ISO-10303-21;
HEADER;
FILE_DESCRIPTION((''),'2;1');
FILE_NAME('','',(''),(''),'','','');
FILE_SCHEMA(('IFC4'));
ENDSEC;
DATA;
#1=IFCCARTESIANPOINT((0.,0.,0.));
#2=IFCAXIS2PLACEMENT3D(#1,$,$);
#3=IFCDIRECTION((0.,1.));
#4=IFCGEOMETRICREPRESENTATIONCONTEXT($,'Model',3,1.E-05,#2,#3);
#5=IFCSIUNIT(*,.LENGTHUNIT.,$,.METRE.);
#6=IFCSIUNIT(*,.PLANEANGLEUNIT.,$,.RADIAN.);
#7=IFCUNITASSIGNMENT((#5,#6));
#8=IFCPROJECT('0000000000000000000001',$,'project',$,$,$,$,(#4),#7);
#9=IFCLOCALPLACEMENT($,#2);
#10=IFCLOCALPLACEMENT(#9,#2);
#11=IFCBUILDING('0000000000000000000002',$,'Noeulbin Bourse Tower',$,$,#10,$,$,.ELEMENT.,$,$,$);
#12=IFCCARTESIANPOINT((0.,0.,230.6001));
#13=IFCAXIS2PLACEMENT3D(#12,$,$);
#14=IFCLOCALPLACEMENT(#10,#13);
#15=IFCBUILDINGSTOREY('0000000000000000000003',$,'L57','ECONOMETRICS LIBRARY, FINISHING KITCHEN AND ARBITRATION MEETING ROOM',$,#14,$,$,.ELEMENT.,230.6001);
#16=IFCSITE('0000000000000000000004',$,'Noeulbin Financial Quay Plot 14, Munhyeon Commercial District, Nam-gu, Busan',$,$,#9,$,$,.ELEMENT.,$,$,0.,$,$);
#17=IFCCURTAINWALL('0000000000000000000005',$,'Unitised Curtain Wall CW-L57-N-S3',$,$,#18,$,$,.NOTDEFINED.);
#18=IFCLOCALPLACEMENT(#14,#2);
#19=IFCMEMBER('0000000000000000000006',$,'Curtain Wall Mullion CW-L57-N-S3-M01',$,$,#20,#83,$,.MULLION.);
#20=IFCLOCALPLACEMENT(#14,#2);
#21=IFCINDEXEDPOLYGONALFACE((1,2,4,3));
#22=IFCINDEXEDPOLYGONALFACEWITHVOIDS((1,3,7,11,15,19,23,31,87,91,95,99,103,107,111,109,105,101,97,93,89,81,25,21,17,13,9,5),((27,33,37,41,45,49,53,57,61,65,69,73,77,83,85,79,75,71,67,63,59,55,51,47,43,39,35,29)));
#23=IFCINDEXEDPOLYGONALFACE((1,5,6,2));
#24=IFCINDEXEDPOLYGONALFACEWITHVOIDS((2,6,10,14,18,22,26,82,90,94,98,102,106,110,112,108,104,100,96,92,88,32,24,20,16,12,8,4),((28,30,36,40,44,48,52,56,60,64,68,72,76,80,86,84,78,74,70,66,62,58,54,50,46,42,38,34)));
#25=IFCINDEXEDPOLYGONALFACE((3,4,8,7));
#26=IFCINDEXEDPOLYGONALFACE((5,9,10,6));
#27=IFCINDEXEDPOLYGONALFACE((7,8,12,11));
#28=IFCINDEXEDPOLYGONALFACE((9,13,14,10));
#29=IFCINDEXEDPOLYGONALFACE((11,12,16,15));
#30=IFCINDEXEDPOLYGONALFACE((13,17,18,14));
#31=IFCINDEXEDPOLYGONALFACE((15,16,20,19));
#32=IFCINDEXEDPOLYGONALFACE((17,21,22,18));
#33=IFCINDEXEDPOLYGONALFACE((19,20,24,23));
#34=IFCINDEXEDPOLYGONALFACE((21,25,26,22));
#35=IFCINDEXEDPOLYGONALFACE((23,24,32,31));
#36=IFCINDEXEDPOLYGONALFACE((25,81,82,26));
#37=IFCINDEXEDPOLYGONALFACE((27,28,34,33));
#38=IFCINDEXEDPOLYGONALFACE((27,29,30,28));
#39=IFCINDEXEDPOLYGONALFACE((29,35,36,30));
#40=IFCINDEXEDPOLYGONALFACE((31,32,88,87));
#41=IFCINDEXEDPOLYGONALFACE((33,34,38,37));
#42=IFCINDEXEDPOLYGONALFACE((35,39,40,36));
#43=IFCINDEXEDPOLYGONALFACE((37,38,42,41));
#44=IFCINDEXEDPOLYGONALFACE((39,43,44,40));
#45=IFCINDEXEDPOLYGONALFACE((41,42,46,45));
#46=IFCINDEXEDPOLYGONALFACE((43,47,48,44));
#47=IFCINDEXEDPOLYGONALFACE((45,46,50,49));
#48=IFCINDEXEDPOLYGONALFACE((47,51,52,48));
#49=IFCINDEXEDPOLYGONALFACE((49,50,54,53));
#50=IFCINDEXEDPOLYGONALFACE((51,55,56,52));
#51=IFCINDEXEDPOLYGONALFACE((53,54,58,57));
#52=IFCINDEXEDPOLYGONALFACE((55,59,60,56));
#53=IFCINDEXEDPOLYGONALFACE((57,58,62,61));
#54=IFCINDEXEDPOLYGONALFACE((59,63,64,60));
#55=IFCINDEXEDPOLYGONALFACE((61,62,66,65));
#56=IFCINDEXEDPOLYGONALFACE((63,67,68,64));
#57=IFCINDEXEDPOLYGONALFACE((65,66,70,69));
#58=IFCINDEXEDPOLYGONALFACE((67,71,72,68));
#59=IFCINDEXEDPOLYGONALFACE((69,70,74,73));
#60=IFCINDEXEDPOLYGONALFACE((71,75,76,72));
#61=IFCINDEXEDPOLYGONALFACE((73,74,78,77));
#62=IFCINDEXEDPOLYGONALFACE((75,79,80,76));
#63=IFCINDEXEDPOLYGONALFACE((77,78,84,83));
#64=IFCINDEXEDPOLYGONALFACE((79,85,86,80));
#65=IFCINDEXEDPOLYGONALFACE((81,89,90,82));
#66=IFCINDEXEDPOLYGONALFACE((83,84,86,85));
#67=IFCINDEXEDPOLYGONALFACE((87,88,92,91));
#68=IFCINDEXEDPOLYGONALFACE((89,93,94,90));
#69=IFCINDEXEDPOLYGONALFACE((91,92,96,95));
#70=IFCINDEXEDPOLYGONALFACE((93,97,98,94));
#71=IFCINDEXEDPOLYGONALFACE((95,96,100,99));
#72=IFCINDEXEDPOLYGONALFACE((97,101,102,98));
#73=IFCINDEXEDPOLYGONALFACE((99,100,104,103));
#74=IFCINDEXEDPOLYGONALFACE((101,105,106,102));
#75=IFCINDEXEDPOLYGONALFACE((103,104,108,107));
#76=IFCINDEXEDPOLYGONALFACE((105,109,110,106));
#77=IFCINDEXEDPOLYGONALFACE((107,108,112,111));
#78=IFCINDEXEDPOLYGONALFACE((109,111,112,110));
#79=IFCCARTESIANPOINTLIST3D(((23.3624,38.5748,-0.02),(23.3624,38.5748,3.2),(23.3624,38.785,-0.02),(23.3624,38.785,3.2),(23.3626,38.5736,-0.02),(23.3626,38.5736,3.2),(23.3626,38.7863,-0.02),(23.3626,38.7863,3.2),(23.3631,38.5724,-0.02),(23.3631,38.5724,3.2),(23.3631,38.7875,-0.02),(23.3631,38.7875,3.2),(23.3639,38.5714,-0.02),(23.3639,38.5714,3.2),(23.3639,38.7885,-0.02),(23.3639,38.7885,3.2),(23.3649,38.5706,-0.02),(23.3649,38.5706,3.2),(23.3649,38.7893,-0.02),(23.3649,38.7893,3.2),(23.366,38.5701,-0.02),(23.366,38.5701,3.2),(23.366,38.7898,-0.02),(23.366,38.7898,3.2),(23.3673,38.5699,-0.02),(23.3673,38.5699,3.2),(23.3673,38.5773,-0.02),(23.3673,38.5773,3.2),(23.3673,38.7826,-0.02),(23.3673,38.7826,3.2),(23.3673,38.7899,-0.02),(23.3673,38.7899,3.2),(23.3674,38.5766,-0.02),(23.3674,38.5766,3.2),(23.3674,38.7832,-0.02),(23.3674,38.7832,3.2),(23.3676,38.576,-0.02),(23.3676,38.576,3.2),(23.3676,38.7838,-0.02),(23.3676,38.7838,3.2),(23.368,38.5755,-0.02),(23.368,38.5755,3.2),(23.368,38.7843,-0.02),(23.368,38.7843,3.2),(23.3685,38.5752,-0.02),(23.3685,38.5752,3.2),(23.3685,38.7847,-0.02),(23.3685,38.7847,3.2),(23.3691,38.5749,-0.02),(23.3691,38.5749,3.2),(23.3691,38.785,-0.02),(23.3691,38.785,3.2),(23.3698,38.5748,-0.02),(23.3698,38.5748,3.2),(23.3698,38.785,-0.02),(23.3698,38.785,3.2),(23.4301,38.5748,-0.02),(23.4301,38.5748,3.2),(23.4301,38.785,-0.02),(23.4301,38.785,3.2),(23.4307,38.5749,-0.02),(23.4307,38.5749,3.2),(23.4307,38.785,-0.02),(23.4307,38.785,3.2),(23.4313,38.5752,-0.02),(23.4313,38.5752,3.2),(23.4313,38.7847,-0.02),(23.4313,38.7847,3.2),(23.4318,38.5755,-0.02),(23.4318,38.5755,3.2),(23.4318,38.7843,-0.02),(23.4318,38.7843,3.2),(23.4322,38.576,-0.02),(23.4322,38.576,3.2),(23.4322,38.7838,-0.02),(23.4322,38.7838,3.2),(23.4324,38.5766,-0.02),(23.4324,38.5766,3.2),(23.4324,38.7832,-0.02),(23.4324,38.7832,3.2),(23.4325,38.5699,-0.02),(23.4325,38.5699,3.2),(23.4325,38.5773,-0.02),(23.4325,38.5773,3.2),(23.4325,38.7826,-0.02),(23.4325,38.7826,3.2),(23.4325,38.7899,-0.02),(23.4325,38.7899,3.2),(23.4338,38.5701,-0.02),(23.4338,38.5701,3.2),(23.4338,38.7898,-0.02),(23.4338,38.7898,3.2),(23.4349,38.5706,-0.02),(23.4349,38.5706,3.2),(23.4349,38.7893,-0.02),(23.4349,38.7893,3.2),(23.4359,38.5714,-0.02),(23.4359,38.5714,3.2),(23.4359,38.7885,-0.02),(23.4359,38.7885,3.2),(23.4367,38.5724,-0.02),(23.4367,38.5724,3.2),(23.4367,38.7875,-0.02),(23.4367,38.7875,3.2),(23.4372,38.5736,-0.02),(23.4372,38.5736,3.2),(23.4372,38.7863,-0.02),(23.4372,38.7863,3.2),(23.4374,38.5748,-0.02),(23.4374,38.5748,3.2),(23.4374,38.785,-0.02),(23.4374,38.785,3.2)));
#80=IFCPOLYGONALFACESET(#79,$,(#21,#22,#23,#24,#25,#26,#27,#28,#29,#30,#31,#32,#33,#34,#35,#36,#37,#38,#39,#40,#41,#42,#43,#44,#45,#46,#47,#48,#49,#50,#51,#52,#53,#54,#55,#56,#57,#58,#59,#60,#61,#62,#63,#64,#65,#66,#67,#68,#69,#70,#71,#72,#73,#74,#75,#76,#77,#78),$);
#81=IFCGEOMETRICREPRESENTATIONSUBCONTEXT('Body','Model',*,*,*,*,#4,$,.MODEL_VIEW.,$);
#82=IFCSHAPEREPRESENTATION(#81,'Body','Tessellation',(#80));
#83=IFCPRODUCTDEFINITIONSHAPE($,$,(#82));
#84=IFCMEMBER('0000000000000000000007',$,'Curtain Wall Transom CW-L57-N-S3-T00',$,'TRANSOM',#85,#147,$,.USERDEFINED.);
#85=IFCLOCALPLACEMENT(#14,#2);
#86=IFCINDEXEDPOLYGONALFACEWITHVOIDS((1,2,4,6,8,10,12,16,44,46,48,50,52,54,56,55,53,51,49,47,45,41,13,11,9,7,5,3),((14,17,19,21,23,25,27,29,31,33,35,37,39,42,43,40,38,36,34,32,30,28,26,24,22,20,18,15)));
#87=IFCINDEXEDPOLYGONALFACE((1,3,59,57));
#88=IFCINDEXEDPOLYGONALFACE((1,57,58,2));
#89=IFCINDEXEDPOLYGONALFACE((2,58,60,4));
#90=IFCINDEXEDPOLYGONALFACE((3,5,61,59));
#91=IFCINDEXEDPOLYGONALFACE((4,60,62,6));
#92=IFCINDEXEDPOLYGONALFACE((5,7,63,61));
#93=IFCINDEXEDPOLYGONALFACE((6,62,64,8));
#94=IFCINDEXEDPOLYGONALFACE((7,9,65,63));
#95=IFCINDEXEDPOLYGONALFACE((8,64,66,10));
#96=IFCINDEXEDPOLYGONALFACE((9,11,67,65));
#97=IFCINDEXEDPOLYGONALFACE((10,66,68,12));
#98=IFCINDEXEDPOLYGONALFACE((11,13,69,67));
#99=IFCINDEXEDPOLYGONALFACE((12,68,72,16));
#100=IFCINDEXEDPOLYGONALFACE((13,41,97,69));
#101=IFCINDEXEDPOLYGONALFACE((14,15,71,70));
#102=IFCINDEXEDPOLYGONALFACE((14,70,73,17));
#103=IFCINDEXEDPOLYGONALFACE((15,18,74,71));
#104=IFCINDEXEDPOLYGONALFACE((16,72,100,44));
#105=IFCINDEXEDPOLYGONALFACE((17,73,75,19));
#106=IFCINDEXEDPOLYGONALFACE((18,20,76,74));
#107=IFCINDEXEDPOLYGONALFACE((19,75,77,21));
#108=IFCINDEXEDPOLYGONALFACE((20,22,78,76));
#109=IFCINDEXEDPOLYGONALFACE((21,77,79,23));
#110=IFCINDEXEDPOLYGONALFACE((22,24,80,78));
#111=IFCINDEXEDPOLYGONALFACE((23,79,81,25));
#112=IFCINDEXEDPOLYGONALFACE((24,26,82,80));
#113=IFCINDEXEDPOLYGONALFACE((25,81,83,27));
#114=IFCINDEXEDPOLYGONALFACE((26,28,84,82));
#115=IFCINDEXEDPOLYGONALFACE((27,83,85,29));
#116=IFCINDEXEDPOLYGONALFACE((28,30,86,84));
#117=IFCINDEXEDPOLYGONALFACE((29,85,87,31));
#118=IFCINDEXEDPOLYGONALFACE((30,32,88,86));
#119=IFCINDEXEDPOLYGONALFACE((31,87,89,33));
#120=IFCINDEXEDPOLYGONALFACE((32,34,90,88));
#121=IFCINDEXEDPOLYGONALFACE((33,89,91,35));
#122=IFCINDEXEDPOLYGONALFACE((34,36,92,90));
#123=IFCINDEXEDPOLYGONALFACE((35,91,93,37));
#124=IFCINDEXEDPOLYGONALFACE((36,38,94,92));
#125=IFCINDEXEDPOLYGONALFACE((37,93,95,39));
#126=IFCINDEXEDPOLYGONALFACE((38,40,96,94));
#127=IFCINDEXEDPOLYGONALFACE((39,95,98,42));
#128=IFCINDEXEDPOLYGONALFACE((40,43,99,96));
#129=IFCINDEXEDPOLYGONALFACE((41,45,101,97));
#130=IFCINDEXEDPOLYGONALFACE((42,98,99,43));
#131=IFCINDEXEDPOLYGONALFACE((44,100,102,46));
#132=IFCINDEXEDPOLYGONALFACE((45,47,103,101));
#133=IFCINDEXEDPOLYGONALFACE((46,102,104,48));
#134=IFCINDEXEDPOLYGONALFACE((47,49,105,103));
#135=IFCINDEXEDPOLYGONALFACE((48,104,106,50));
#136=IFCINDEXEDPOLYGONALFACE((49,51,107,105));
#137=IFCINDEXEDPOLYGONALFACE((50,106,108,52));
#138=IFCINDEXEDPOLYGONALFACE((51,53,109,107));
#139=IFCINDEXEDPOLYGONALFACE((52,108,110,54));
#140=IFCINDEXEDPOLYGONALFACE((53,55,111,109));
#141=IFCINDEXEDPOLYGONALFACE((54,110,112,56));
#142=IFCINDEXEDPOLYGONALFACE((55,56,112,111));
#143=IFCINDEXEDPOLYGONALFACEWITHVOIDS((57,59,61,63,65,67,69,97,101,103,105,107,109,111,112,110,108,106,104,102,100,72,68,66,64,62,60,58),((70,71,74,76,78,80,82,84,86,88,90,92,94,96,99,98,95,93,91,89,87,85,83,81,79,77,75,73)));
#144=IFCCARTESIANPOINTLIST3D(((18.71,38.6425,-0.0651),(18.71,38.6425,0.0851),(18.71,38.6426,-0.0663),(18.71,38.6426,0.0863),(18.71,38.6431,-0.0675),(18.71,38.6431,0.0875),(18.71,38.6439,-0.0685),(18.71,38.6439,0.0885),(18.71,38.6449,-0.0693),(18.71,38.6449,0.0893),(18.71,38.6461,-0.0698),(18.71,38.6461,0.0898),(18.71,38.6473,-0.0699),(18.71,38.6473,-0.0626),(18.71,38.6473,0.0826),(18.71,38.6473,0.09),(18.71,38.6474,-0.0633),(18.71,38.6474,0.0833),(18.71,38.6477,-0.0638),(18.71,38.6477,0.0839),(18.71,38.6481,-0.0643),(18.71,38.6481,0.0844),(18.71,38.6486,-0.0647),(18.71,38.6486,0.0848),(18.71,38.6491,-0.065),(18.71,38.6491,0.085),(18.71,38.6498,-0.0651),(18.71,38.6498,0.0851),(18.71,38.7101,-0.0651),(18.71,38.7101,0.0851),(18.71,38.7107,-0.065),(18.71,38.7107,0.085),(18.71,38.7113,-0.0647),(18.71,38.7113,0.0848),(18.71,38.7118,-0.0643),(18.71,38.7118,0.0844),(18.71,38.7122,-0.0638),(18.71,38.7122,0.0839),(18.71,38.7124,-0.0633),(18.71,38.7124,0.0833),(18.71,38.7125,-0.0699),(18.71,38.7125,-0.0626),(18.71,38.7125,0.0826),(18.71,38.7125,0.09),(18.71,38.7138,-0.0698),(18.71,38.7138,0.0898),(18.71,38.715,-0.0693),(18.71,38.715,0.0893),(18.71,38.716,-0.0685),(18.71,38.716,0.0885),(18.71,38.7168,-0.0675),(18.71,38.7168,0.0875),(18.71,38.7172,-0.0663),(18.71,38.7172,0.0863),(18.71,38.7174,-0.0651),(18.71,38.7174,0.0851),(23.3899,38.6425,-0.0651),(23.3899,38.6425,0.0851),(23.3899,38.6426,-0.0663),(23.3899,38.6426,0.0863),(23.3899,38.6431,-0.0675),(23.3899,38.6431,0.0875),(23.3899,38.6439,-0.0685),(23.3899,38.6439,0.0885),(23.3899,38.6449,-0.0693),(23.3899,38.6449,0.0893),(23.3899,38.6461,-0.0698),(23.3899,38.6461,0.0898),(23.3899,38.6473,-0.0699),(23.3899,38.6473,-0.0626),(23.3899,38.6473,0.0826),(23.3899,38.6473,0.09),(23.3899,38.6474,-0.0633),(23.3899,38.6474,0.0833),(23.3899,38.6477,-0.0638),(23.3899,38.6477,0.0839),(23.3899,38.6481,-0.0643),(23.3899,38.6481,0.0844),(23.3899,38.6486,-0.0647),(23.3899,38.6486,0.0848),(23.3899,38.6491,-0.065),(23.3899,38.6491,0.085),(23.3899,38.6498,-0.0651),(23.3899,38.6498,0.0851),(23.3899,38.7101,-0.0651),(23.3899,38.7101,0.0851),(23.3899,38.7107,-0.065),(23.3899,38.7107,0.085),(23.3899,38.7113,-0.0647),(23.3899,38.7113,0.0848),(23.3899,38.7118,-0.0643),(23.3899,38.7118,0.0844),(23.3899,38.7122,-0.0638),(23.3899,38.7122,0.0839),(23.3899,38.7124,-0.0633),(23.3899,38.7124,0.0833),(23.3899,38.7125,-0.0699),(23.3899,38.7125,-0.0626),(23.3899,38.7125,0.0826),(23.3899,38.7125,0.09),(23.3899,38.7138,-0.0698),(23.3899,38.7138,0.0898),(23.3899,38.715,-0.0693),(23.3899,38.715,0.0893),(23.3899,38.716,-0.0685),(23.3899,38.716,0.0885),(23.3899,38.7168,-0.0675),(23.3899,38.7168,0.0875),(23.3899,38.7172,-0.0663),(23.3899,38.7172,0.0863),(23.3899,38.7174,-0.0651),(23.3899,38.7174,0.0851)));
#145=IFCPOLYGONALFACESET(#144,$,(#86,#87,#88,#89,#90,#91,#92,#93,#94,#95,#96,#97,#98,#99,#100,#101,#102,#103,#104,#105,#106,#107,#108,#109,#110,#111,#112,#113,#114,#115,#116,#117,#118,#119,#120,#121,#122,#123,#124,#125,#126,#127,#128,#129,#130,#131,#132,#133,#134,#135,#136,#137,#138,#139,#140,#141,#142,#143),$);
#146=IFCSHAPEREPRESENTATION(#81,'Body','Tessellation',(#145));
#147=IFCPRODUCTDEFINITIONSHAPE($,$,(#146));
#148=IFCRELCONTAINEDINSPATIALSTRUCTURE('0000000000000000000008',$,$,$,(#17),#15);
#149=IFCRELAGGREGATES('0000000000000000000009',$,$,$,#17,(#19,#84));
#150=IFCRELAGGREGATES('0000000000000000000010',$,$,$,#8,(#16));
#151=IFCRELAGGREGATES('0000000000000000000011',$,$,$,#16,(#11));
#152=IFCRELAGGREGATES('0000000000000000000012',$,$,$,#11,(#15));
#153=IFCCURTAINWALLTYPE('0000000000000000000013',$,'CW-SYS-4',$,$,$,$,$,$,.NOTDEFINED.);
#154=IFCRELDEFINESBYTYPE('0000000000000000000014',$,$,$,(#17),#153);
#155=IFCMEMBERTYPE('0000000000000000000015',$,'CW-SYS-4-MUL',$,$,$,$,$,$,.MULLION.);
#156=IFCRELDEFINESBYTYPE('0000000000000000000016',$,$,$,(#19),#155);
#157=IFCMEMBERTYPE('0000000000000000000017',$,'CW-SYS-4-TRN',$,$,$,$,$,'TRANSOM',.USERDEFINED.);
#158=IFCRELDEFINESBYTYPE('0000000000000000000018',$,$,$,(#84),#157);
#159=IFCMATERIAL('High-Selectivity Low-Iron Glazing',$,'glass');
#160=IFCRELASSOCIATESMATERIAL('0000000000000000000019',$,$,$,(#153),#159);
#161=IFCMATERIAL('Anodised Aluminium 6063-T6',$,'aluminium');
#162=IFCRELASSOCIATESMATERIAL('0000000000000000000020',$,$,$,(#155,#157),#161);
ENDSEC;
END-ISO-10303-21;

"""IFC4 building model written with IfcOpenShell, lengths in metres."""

from ifc_helpers import new_model, si_unit, direction, frame, origin, origin_2d, place, context, subcontext, project, spatial, hollow_rectangle, extrude, material, material_profile, profile_set, type_object, element, aggregate, save


model = new_model("IFC4")

# Units and contexts
model_context = context("Model", 3, precision=1e-05, world=origin(), true_north=direction((0.0, 1.0)))
body_context = subcontext(model_context, "Body", "Model", "MODEL_VIEW")
ifc_project = project(units=[si_unit("LENGTHUNIT", "METRE"), si_unit("PLANEANGLEUNIT", "RADIAN")], contexts=[model_context])

# Site, building, storey
site_placement = place(None, origin())
site = spatial("IfcSite", under=ifc_project, at=site_placement, Name="Noeulbin Financial Quay Plot 14, Munhyeon Commercial District, Nam-gu, Busan", CompositionType="ELEMENT", RefElevation=0.0)
building_placement = place(site_placement, origin())
building = spatial("IfcBuilding", under=site, at=building_placement, Name="Noeulbin Bourse Tower", CompositionType="ELEMENT")
storey_placement = place(building_placement, frame((0.0, 0.0, 230.6001)))
storey = spatial("IfcBuildingStorey", under=building, at=storey_placement, Name="L57", Description="ECONOMETRICS LIBRARY, FINISHING KITCHEN AND ARBITRATION MEETING ROOM", CompositionType="ELEMENT", Elevation=230.6001)

# Curtain wall, members
ifc_material_1 = material(Name="High-Selectivity Low-Iron Glazing", Category="glass")
curtain_wall_type = type_object("IfcCurtainWallType", Name="CW-SYS-4", PredefinedType="NOTDEFINED", material=ifc_material_1)
curtain_wall_placement = place(storey_placement, origin())
curtain_wall = element("IfcCurtainWall", 1, at=curtain_wall_placement, inside=storey, type_object=curtain_wall_type, Name="Unitised Curtain Wall CW-L57-N-S3", PredefinedType="NOTDEFINED")
ifc_material_2 = material(Name="Anodised Aluminium 6063-T6", Category="aluminium")
ifc_material_profile_1 = material_profile(ifc_material_2, hollow_rectangle(XDim=0.075, YDim=0.22, WallThickness=0.0049, InnerFilletRadius=0.0024, OuterFilletRadius=0.0049, at=origin_2d()), Name="ALU-MULL-75x220x5", Category="LoadBearing")
ifc_profile_set_1 = profile_set([ifc_material_profile_1], Name="Anodised Aluminium 6063-T6")
member_type_1 = type_object("IfcMemberType", Name="CW-SYS-4-MUL", PredefinedType="MULLION", material=ifc_profile_set_1)
member_1_placement = place(storey_placement, frame((23.3999, 38.6799, -0.02), z_axis=(0.0, 0.0, 1.0), x_axis=(1.0, 0.0, 0.0)))
member_1 = element("IfcMember", 2, at=member_1_placement, type_object=member_type_1, Name="Curtain Wall Mullion CW-L57-N-S3-M01", PredefinedType="MULLION", context=body_context, shape_type="SweptSolid", body=[
    extrude(hollow_rectangle(XDim=0.075, YDim=0.22, WallThickness=0.0049, InnerFilletRadius=0.0024, OuterFilletRadius=0.0049, at=origin_2d()), origin(), (0.0, 0.0, 1.0), 3.22),
])
ifc_material_profile_2 = material_profile(ifc_material_2, hollow_rectangle(XDim=0.075, YDim=0.1599, WallThickness=0.0049, InnerFilletRadius=0.0024, OuterFilletRadius=0.0049, at=origin_2d()), Name="ALU-TRAN-75x160x5", Category="LoadBearing")
ifc_profile_set_2 = profile_set([ifc_material_profile_2], Name="Anodised Aluminium 6063-T6")
member_type_2 = type_object("IfcMemberType", Name="CW-SYS-4-TRN", ElementType="TRANSOM", PredefinedType="USERDEFINED", material=ifc_profile_set_2)
member_2_placement = place(storey_placement, frame((18.71, 38.6799, 0.01), z_axis=(1.0, 0.0, 0.0), x_axis=(0.0, 1.0, 0.0)))
member_2 = element("IfcMember", 3, at=member_2_placement, type_object=member_type_2, Name="Curtain Wall Transom CW-L57-N-S3-T00", ObjectType="TRANSOM", PredefinedType="USERDEFINED", context=body_context, shape_type="SweptSolid", body=[
    extrude(hollow_rectangle(XDim=0.075, YDim=0.1599, WallThickness=0.0049, InnerFilletRadius=0.0024, OuterFilletRadius=0.0049, at=origin_2d()), origin(), (0.0, 0.0, 1.0), 4.6799),
])
aggregate(curtain_wall, [member_1, member_2])

save(model, "model.ifc")
